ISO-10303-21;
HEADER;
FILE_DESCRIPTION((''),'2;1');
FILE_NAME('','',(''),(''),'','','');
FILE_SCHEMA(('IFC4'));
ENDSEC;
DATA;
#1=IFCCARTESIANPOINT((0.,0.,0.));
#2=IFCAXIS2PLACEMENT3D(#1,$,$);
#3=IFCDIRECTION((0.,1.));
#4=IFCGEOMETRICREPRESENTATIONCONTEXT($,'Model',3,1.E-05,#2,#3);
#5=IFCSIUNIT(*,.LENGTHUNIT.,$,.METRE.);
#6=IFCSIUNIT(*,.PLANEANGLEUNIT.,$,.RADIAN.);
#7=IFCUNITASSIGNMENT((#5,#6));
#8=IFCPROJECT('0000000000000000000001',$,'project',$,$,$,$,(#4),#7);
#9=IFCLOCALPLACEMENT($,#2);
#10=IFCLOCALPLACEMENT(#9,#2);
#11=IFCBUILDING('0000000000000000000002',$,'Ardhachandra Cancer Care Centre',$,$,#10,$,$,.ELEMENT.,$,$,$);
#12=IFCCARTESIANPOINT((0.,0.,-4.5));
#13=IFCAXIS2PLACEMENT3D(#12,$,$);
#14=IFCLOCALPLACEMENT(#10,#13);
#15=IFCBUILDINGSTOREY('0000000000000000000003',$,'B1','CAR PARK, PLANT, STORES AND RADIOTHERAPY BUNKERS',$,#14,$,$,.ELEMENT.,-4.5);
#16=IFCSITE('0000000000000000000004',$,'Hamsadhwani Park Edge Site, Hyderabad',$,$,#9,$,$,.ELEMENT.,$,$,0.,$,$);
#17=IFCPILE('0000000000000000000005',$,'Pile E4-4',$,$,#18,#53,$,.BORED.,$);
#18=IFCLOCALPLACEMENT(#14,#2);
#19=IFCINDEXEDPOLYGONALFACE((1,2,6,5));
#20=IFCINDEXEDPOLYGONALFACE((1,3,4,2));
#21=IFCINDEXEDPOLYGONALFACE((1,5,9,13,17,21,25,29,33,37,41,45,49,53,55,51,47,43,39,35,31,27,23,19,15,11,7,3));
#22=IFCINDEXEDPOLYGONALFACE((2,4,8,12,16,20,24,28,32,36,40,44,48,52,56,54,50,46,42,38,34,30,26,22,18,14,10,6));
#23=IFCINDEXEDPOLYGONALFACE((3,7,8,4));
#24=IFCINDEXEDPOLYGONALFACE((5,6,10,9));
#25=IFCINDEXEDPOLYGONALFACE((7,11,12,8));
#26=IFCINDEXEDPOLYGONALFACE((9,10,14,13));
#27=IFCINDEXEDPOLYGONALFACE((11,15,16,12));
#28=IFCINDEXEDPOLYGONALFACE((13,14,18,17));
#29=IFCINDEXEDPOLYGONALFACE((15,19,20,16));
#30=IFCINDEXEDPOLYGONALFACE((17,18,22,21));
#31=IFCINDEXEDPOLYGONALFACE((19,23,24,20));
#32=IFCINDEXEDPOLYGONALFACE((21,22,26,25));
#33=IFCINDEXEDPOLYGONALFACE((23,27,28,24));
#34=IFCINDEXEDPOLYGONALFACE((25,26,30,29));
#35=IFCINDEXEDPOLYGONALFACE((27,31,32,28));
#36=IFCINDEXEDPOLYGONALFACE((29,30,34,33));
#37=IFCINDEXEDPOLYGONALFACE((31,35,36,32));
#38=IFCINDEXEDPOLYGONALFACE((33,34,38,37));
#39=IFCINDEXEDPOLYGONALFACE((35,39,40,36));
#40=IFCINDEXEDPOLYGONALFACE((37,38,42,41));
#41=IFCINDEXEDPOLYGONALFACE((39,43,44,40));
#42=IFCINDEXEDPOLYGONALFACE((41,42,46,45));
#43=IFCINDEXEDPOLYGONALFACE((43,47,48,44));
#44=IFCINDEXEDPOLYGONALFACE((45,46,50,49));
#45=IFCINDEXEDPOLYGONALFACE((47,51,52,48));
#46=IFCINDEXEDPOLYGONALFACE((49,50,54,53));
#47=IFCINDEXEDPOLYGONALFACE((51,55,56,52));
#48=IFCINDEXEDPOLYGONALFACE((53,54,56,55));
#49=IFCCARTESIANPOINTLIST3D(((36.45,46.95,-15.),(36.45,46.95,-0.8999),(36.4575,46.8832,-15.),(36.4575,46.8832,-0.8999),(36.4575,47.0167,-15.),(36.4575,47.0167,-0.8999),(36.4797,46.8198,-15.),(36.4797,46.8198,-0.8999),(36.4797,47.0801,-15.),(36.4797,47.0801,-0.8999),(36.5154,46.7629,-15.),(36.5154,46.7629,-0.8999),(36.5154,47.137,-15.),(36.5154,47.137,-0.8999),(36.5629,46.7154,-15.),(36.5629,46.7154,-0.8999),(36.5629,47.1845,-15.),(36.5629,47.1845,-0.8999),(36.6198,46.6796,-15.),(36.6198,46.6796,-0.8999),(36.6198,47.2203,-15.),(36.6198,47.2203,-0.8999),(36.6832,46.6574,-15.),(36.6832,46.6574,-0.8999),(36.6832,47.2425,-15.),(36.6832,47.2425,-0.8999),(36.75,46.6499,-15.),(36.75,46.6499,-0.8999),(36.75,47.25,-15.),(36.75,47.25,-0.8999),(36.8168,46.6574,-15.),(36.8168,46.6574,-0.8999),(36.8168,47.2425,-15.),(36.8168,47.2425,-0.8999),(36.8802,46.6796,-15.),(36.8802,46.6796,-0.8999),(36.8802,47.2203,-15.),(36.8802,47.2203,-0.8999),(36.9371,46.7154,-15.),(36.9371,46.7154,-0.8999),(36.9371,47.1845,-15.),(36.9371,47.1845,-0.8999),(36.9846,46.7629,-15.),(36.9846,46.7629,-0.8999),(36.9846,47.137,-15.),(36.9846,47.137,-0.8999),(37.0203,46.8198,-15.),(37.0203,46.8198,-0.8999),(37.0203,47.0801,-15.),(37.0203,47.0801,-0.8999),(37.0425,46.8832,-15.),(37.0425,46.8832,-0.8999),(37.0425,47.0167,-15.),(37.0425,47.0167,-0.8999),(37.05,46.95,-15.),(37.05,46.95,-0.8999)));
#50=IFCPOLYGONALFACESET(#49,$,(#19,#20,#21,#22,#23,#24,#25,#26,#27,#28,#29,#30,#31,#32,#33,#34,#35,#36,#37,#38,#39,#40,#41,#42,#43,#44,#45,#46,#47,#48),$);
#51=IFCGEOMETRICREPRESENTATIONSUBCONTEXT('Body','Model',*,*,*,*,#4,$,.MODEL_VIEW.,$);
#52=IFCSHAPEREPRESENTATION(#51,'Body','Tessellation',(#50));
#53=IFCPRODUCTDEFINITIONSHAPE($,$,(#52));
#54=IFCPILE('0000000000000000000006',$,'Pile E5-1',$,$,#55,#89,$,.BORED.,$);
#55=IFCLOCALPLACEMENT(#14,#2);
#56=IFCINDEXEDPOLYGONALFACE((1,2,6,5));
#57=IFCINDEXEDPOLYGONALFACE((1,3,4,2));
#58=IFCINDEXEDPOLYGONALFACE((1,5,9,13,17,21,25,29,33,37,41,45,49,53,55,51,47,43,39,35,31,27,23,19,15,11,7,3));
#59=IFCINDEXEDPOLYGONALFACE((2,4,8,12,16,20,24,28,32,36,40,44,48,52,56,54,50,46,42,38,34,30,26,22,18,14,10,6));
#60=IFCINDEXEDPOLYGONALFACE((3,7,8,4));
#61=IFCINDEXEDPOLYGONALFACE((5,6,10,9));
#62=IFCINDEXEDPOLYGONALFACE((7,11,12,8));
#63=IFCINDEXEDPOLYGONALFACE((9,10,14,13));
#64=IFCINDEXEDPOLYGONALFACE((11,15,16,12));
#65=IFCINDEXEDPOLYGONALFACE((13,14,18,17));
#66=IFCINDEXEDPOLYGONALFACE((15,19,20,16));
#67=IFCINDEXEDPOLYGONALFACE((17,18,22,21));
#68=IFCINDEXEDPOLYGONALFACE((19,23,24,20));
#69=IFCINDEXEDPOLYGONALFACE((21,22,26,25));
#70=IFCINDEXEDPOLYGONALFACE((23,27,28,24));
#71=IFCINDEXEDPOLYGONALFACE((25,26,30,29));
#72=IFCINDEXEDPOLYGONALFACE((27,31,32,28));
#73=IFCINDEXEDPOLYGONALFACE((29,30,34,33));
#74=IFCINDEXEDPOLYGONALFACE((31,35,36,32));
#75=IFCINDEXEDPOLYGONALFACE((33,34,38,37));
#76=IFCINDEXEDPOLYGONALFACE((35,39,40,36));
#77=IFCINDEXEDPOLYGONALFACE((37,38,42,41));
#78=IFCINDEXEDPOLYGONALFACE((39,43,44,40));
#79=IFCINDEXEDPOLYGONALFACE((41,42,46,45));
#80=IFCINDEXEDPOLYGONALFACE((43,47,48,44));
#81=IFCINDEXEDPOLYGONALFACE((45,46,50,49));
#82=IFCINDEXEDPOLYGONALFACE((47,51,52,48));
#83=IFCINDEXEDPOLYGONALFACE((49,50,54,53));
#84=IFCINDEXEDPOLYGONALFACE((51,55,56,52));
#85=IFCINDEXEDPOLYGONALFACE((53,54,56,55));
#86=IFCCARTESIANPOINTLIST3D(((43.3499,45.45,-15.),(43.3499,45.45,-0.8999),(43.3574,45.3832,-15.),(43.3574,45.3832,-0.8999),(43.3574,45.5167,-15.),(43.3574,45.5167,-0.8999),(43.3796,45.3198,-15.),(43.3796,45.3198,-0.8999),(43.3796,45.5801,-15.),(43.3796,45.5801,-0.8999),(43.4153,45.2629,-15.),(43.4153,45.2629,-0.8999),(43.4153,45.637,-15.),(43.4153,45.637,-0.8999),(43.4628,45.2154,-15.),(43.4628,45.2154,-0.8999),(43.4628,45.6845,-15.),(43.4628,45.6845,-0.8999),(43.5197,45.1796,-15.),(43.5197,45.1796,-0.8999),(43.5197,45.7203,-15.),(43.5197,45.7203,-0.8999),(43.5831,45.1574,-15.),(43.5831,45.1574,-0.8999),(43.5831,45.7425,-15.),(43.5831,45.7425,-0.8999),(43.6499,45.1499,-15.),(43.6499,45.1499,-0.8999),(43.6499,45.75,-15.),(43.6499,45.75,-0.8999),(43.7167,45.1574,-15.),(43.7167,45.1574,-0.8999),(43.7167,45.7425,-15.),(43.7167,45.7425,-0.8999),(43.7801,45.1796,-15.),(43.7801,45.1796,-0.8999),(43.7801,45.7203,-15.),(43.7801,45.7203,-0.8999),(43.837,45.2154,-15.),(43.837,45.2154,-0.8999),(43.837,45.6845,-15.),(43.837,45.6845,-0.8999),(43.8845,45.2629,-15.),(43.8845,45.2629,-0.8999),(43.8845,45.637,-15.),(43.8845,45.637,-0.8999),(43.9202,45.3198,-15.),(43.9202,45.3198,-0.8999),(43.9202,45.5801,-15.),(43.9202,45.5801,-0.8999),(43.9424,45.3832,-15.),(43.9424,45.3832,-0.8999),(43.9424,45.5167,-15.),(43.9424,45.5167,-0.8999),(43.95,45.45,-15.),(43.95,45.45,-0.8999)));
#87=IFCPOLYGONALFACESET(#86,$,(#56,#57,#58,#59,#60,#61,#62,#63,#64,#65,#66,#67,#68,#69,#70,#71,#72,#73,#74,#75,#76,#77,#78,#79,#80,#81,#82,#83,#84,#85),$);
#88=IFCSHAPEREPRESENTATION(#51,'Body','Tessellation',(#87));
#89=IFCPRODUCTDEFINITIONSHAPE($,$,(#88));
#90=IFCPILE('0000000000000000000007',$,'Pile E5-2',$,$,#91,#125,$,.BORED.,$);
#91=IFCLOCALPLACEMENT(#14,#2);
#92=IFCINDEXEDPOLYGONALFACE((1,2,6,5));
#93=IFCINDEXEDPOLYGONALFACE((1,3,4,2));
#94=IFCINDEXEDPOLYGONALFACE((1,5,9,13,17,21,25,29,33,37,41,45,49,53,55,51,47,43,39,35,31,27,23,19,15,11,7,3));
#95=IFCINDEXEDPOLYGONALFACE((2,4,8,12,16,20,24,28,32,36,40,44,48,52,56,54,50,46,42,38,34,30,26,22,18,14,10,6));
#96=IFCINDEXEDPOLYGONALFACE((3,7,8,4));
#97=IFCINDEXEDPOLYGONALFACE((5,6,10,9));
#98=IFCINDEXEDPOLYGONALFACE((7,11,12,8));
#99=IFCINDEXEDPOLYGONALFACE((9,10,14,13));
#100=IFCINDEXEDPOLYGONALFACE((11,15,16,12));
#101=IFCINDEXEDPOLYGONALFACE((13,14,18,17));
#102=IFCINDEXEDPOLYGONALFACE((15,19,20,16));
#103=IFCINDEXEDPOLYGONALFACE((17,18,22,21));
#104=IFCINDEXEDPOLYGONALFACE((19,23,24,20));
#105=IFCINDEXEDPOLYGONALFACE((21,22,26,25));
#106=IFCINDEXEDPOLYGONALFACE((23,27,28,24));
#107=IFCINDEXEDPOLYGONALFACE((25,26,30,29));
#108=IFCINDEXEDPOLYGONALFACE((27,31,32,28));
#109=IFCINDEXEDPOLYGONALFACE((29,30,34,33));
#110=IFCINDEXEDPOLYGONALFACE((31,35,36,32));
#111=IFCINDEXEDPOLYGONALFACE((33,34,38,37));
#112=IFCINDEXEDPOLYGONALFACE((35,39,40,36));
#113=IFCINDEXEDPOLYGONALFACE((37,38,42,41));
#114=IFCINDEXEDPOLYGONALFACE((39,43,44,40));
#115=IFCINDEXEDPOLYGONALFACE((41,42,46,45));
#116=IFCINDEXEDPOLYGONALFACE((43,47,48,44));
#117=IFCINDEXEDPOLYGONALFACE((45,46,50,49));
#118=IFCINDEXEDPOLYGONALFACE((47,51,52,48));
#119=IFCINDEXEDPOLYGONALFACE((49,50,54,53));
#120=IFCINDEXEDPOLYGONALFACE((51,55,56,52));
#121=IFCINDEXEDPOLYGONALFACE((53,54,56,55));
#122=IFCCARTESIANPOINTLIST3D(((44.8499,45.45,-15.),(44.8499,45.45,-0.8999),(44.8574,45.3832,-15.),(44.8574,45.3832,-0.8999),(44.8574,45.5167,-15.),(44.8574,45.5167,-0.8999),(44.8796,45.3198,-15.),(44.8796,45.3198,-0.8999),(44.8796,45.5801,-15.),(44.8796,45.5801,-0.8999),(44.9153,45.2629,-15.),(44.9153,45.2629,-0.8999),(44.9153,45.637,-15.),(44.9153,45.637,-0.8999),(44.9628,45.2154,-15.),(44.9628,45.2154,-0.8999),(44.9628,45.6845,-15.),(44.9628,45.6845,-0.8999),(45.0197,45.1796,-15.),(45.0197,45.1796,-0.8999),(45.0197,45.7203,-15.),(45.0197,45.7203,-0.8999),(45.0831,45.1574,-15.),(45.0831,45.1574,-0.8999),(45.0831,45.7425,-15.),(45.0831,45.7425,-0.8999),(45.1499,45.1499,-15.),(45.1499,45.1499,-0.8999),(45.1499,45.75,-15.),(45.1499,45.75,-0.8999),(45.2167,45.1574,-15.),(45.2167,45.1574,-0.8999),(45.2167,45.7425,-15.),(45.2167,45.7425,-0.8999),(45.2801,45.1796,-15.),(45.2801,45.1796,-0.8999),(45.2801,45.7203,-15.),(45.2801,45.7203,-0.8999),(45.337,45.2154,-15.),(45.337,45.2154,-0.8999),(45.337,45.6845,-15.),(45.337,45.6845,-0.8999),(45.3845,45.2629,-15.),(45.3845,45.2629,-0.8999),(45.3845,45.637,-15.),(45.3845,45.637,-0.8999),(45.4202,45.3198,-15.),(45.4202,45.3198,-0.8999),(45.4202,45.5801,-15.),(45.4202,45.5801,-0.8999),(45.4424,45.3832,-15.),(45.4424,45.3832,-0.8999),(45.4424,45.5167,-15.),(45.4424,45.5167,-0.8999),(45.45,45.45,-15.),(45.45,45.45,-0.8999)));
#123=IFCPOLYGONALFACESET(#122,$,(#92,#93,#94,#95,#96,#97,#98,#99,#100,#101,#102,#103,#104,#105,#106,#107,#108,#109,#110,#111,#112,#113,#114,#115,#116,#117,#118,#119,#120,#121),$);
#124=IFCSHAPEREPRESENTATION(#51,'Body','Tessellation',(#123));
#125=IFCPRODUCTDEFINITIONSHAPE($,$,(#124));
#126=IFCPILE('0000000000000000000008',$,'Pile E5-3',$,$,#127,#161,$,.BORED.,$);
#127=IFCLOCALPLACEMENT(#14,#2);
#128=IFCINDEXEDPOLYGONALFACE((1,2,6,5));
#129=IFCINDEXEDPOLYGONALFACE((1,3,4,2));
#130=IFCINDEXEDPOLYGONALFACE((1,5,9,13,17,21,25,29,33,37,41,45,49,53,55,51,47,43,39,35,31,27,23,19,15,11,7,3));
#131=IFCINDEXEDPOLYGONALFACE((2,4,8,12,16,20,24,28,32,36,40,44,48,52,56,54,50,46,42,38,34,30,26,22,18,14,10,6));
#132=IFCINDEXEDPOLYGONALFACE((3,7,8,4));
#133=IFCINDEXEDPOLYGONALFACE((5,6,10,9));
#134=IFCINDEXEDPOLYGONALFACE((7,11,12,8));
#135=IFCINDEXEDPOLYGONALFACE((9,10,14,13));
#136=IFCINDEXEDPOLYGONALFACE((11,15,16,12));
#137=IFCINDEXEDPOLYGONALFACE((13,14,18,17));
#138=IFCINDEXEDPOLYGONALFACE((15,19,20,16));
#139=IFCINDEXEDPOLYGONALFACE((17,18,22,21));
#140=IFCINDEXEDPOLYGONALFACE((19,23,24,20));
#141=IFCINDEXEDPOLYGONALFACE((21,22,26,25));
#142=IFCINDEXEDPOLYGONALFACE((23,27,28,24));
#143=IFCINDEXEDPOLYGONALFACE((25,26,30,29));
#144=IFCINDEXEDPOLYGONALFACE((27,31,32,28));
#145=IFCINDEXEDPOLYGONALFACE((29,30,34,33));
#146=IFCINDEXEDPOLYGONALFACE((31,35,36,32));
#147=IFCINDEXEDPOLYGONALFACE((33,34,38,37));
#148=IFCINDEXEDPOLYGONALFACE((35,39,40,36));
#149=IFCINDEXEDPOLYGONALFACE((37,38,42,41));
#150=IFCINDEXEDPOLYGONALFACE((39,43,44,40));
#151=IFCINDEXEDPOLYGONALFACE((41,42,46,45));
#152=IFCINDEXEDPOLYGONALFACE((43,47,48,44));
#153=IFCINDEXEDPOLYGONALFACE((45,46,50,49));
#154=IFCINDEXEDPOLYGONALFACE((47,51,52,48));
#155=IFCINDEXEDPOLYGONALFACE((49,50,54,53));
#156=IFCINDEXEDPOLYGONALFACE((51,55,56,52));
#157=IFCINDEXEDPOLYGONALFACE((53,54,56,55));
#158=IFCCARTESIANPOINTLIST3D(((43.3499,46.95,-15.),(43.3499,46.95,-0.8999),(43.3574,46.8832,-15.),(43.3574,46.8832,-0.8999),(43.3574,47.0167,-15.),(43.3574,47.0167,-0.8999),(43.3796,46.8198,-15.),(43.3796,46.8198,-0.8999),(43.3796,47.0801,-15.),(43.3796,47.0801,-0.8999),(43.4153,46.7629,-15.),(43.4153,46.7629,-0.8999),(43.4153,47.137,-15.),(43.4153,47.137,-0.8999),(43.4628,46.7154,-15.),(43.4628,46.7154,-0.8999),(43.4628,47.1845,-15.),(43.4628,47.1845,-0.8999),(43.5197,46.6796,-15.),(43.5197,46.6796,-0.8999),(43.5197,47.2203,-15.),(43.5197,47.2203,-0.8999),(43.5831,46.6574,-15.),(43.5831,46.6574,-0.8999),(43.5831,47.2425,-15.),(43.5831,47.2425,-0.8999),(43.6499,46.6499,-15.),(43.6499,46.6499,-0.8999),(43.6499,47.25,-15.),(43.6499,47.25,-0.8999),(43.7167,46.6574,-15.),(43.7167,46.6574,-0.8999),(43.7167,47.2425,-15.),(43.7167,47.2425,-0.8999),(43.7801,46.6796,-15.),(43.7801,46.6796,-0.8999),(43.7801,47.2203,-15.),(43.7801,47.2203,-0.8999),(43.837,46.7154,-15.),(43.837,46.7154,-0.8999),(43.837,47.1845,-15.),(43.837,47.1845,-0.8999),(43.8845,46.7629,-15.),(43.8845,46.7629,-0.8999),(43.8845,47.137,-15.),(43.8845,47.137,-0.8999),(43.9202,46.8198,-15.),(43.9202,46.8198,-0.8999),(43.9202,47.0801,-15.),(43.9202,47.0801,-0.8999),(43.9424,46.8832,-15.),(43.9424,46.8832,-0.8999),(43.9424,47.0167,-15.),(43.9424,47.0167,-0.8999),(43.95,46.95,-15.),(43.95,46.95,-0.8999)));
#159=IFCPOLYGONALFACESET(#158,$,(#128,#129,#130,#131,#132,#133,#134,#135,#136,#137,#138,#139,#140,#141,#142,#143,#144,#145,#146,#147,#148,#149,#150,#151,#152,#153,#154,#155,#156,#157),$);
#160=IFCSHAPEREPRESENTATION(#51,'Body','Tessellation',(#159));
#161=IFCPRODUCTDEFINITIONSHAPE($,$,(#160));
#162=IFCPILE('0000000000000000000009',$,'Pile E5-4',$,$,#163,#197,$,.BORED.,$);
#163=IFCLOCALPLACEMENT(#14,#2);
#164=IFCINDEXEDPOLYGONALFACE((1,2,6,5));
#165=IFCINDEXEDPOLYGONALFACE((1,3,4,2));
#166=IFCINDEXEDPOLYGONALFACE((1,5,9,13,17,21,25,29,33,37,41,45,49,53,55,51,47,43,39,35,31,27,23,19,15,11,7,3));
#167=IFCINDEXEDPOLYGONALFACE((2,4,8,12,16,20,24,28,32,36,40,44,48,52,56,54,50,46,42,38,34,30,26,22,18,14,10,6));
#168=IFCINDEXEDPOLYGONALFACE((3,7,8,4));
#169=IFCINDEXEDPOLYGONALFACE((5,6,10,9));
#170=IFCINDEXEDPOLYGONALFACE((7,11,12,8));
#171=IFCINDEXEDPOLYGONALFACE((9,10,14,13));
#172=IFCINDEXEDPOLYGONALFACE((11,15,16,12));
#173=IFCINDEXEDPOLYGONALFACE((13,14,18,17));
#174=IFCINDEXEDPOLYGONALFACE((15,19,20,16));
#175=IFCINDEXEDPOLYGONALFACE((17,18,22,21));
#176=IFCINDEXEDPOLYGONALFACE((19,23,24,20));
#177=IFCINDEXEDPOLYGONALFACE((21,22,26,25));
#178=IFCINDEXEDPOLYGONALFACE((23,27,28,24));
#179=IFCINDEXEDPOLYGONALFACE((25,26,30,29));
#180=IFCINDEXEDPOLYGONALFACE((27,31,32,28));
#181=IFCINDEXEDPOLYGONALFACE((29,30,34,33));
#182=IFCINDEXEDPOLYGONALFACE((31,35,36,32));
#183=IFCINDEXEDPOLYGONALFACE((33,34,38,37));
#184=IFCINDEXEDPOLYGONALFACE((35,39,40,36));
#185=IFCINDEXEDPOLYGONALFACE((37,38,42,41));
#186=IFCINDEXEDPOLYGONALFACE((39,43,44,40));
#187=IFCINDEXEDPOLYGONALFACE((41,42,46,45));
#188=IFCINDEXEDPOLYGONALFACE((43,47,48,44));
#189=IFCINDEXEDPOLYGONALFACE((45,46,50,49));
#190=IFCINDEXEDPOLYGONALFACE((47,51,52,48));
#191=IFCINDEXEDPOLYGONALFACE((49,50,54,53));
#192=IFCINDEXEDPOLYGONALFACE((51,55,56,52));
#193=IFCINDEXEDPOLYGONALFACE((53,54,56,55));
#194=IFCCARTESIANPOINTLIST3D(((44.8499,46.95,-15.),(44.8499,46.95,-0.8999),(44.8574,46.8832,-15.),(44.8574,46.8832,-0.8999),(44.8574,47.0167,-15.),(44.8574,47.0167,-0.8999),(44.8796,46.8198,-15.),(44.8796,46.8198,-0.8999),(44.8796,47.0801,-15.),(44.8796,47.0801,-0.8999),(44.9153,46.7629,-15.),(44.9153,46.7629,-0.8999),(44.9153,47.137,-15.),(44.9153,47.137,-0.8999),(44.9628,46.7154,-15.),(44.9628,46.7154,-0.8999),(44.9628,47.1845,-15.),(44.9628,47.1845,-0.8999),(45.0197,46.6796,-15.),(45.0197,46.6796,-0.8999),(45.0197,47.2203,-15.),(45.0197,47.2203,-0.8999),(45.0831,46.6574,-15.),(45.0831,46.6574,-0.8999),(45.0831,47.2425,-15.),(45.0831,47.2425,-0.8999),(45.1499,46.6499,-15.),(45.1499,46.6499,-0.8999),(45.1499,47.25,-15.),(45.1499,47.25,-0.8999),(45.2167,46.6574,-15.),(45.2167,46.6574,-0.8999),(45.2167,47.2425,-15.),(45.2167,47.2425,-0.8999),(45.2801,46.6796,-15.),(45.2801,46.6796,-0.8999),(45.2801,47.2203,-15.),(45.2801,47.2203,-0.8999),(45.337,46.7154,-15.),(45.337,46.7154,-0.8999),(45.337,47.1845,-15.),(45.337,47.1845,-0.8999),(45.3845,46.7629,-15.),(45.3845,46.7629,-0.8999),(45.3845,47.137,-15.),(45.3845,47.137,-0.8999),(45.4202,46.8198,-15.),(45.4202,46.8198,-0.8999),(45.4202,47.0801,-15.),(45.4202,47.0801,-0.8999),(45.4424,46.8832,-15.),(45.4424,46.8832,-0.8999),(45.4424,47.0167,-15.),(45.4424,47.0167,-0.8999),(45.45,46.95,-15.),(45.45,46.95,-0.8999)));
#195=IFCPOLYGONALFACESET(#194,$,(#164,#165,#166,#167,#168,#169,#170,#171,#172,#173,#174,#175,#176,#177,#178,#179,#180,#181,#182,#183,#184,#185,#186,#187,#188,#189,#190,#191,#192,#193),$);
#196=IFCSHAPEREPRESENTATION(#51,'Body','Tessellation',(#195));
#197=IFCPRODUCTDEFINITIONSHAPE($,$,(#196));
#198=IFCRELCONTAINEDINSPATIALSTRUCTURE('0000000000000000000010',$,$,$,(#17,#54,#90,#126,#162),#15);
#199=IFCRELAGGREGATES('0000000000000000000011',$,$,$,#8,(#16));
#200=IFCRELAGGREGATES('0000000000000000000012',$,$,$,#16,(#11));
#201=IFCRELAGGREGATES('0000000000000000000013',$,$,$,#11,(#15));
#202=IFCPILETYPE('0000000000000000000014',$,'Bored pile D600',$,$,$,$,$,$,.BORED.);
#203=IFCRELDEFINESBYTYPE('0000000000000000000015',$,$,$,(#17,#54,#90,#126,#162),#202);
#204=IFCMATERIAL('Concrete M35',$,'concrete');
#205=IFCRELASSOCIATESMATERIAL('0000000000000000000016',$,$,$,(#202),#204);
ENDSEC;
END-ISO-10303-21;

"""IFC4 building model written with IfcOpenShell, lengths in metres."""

from ifc_helpers import new_model, si_unit, direction, frame, origin, origin_2d, place, context, subcontext, project, spatial, circle, extrude, material, material_profile, profile_set, type_object, element, save


model = new_model("IFC4")

# Units and contexts
model_context = context("Model", 3, precision=1e-05, world=origin(), true_north=direction((0.0, 1.0)))
body_context = subcontext(model_context, "Body", "Model", "MODEL_VIEW")
ifc_project = project(units=[si_unit("LENGTHUNIT", "METRE"), si_unit("PLANEANGLEUNIT", "RADIAN")], contexts=[model_context])

# Site, building, storey
site_placement = place(None, origin())
site = spatial("IfcSite", under=ifc_project, at=site_placement, Name="Hamsadhwani Park Edge Site, Hyderabad", CompositionType="ELEMENT", RefElevation=0.0)
building_placement = place(site_placement, origin())
building = spatial("IfcBuilding", under=site, at=building_placement, Name="Ardhachandra Cancer Care Centre", CompositionType="ELEMENT")
storey_placement = place(building_placement, frame((0.0, 0.0, -4.5)))
storey = spatial("IfcBuildingStorey", under=building, at=storey_placement, Name="B1", Description="CAR PARK, PLANT, STORES AND RADIOTHERAPY BUNKERS", CompositionType="ELEMENT", Elevation=-4.5)

# Piles
ifc_material_1 = material(Name="Concrete M35", Category="concrete")
ifc_material_profile_1 = material_profile(ifc_material_1, circle(Radius=0.3, at=origin_2d()), Name="D600")
ifc_profile_set_1 = profile_set([ifc_material_profile_1], Name="Concrete M35")
pile_type = type_object("IfcPileType", Name="Bored pile D600", PredefinedType="BORED", material=ifc_profile_set_1)
for number, where, z_axis, x_axis, name in (
    (1, (36.75, 46.95, -0.8999), (0.0, 0.0, -1.0), (1.0, 0.0, 0.0), "Pile E4-4"),
    (2, (43.6499, 45.45, -0.8999), (0.0, 0.0, -1.0), (1.0, 0.0, 0.0), "Pile E5-1"),
    (3, (45.1499, 45.45, -0.8999), (0.0, 0.0, -1.0), (1.0, 0.0, 0.0), "Pile E5-2"),
    (4, (43.6499, 46.95, -0.8999), (0.0, 0.0, -1.0), (1.0, 0.0, 0.0), "Pile E5-3"),
    (5, (45.1499, 46.95, -0.8999), (0.0, 0.0, -1.0), (1.0, 0.0, 0.0), "Pile E5-4"),
):
    element("IfcPile", number, at=place(storey_placement, frame(where, z_axis=z_axis, x_axis=x_axis)), inside=storey, type_object=pile_type, Name=name, PredefinedType="BORED", context=body_context, shape_type="SweptSolid", body=[
        extrude(circle(Radius=0.3, at=origin_2d()), origin(), (0.0, 0.0, 1.0), 14.1001),
    ])

save(model, "model.ifc")
